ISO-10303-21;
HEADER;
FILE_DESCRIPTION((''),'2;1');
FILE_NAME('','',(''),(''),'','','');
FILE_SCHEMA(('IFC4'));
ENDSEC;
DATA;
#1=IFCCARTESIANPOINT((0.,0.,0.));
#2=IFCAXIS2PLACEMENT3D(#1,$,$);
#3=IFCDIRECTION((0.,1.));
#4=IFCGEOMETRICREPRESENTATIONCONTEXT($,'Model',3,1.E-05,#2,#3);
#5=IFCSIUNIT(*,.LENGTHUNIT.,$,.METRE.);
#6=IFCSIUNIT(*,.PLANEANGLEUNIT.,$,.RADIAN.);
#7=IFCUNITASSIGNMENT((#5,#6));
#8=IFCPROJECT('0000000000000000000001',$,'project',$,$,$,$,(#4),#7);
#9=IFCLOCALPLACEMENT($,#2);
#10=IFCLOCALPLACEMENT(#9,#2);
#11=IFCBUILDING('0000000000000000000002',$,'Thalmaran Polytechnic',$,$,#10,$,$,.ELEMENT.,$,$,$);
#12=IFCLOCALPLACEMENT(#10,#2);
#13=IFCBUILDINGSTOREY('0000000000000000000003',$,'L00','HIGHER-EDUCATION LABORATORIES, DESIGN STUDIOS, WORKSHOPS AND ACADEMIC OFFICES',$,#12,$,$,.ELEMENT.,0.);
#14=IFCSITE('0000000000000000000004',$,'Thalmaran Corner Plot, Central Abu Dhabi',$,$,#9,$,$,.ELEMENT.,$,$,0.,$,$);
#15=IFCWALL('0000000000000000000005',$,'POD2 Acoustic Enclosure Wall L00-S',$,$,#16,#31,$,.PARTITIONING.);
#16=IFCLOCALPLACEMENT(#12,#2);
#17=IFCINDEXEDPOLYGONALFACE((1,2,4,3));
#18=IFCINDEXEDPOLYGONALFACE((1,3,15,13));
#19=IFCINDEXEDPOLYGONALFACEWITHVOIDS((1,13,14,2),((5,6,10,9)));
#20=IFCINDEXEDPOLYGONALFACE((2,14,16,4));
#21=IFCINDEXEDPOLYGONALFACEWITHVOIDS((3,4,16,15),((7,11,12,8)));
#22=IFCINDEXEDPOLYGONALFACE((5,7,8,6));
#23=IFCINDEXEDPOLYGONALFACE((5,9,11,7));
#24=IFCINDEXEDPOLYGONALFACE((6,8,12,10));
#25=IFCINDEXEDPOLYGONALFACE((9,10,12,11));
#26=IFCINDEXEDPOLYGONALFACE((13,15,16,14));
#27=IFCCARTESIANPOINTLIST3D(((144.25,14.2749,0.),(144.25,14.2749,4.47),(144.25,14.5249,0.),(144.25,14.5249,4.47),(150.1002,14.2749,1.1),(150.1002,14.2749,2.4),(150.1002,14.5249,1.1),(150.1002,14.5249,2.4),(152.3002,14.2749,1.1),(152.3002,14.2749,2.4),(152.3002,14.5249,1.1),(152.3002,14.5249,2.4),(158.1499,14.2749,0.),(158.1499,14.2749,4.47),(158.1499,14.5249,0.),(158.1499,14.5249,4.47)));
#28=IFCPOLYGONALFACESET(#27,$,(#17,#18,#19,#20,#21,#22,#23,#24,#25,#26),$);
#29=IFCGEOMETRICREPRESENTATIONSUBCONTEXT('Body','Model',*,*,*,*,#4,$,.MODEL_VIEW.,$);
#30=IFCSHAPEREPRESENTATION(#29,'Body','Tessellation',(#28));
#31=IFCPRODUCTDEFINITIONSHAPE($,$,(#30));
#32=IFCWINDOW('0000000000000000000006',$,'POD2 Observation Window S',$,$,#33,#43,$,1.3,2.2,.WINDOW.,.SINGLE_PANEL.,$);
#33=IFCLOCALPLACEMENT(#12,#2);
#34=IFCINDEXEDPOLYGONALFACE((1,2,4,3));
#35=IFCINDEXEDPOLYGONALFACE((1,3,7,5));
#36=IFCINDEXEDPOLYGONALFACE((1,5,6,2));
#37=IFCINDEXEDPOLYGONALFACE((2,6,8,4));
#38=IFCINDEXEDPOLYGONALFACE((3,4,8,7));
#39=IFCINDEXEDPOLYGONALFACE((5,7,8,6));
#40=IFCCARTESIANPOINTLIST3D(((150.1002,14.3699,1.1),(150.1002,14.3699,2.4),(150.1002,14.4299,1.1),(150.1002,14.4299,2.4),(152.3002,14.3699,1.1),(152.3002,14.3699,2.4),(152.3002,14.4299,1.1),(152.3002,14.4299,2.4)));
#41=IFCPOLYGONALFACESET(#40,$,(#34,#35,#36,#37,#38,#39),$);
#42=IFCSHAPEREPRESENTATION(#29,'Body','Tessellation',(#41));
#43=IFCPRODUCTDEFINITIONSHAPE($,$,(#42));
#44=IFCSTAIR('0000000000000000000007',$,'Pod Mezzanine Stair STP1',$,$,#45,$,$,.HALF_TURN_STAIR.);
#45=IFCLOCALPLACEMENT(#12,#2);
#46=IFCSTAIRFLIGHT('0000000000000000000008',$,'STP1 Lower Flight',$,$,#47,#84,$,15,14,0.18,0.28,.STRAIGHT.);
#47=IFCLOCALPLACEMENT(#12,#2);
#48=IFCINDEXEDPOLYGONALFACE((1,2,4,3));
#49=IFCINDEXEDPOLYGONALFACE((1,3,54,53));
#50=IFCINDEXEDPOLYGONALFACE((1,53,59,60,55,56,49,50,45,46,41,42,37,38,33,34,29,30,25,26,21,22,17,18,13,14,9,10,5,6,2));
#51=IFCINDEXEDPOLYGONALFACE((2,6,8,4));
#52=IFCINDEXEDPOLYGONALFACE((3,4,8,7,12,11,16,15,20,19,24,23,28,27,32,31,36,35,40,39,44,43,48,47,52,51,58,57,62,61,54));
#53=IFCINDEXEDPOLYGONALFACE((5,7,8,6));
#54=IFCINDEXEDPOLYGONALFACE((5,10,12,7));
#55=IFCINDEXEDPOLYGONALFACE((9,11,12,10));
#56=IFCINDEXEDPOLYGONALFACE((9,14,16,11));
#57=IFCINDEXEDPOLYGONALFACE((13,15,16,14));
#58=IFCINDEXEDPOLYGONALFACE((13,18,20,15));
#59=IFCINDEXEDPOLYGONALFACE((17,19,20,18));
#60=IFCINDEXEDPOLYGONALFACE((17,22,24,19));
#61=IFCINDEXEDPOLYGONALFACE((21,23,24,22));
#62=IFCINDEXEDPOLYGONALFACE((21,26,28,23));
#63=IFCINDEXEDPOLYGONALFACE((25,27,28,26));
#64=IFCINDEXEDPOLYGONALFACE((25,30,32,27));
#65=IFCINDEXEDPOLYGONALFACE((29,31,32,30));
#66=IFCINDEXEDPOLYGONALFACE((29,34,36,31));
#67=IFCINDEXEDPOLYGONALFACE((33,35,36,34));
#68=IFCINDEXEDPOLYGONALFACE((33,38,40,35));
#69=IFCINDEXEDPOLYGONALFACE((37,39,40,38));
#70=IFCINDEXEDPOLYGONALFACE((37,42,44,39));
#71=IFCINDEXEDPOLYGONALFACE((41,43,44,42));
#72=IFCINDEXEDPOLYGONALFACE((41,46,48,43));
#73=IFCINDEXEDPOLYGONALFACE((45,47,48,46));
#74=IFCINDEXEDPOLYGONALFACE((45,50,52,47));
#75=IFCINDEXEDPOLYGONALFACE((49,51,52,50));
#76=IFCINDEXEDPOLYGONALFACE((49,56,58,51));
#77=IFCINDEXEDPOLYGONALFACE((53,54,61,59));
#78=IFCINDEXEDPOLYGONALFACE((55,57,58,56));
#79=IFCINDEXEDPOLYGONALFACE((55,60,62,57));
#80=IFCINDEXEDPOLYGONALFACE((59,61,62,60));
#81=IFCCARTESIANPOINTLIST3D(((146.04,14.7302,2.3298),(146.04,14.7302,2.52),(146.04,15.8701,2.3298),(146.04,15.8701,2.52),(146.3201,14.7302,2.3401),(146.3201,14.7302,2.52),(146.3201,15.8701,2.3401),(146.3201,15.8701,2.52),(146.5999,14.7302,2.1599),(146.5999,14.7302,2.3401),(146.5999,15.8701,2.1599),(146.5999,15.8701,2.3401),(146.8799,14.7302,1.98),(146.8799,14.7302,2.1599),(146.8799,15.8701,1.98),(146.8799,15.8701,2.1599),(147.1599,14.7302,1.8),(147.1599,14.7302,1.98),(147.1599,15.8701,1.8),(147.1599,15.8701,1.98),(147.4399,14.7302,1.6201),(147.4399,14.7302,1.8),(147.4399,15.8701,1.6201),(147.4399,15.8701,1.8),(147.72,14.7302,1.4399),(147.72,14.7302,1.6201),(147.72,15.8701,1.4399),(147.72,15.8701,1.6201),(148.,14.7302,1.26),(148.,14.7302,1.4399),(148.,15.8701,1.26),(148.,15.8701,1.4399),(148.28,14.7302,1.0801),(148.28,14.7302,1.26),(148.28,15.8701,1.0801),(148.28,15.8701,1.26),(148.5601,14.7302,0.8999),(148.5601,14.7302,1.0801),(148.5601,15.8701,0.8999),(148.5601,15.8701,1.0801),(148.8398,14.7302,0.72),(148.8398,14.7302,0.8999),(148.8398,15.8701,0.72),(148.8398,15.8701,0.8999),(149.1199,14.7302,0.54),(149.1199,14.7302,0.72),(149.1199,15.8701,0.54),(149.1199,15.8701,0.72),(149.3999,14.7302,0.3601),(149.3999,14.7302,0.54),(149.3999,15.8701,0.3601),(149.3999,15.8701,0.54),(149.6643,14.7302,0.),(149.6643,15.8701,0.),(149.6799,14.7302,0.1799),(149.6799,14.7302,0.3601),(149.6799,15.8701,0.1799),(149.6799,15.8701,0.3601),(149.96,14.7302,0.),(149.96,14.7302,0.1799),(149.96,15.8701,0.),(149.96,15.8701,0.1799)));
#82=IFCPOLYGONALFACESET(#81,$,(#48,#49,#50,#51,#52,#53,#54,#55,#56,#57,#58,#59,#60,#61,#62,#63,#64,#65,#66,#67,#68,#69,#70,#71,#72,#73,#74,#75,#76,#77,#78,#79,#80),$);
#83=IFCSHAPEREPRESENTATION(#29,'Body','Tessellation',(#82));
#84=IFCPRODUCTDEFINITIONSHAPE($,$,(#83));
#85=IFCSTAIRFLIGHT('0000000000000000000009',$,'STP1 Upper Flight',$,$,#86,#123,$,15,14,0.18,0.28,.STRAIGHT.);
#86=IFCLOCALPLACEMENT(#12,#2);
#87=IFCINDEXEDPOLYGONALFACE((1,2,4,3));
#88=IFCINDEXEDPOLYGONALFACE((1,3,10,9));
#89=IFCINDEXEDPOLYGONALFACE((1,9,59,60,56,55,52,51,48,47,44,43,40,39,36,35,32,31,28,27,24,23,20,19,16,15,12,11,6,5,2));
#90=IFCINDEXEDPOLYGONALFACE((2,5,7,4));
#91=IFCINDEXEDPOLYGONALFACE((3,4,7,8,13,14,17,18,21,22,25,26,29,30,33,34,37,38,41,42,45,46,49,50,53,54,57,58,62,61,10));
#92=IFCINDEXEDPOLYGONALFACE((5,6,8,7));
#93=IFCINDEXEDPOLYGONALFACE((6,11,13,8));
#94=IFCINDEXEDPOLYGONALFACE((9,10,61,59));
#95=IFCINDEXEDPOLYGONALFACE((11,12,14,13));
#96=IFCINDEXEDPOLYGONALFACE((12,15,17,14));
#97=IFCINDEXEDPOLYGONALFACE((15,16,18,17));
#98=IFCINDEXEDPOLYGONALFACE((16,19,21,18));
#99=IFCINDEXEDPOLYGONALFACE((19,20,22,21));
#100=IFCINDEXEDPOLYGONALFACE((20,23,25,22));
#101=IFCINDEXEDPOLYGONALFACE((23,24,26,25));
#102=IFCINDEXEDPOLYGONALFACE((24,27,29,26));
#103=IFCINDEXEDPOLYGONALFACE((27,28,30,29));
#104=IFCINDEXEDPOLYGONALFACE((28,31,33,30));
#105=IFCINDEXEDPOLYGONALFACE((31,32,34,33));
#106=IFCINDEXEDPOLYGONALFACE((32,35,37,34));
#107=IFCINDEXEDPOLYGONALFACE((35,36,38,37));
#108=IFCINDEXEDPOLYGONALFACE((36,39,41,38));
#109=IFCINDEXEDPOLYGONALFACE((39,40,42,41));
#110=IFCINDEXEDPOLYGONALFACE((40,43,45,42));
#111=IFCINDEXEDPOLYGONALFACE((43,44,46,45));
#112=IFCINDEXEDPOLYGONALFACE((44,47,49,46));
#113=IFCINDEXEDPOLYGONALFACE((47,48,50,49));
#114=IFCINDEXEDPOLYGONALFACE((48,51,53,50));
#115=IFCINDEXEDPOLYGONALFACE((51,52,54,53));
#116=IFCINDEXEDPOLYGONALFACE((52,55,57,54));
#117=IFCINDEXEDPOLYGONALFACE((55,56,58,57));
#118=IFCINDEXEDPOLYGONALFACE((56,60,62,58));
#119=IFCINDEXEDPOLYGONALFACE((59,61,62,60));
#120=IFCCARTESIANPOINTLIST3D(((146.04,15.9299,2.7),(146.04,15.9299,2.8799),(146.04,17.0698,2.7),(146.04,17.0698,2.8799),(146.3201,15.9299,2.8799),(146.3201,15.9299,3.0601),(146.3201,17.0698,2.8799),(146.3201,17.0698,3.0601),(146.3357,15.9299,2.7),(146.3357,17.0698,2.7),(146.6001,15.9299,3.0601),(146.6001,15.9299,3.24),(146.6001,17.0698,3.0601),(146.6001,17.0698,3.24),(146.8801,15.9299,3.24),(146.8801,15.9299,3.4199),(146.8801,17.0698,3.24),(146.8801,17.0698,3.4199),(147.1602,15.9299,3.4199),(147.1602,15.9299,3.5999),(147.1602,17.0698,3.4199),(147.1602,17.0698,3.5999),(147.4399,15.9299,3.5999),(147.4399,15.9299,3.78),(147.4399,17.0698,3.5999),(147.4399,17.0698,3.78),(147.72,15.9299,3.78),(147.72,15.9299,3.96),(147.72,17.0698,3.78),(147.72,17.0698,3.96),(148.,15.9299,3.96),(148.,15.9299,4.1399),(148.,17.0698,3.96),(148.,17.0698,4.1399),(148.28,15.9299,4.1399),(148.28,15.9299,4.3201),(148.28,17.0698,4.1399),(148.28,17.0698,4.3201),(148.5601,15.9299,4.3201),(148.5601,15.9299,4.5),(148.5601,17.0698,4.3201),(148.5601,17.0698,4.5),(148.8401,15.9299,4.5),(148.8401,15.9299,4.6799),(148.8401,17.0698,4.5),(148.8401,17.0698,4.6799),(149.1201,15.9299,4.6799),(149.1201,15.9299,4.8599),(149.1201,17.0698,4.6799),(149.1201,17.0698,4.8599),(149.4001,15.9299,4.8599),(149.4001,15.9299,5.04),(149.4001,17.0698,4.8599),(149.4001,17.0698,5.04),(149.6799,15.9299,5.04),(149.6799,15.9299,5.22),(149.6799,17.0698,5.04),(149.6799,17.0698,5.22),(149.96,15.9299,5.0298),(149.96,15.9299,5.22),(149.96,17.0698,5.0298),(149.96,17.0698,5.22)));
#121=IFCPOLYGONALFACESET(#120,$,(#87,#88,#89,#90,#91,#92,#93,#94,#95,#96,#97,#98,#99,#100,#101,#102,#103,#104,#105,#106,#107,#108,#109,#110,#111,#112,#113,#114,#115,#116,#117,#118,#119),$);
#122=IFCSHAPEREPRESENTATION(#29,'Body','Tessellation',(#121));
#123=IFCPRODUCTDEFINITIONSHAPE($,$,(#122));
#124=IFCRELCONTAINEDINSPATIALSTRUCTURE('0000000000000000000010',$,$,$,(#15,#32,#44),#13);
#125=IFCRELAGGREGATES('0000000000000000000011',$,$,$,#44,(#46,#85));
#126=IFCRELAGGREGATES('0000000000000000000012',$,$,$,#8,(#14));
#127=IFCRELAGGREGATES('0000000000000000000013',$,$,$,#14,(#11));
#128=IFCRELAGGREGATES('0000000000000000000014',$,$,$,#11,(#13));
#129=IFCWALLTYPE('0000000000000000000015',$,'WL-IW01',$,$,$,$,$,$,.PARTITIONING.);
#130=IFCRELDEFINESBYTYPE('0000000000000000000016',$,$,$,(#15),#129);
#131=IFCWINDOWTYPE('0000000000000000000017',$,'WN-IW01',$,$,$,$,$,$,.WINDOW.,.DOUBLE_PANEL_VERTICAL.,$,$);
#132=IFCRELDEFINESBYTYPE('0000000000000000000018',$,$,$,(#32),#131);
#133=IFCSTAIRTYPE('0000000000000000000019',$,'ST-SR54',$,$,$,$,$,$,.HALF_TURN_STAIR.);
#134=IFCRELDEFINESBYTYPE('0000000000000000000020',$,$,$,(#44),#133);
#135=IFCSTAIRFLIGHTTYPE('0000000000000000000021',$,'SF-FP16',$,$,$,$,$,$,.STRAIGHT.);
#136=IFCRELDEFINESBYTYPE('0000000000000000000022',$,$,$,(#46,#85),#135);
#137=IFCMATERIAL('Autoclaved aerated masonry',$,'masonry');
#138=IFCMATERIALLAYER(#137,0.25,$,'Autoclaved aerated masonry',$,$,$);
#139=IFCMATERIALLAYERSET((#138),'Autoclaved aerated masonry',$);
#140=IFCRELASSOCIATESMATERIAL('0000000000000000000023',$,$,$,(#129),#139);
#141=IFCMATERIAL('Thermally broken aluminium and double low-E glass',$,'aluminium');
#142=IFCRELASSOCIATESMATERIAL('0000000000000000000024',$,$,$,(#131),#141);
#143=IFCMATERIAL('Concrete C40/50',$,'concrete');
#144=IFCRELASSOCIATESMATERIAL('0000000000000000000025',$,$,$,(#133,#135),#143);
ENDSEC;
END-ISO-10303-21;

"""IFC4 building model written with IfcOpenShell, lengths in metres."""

from ifc_helpers import new_model, si_unit, direction, frame, frame_2d, origin, place, context, subcontext, project, spatial, polyline, rectangle, outline, extrude, material, layer, layer_set, type_object, element, fill, aggregate, save


model = new_model("IFC4")

# Units and contexts
model_context = context("Model", 3, precision=1e-05, world=origin(), true_north=direction((0.0, 1.0)))
body_context = subcontext(model_context, "Body", "Model", "MODEL_VIEW")
ifc_project = project(units=[si_unit("LENGTHUNIT", "METRE"), si_unit("PLANEANGLEUNIT", "RADIAN")], contexts=[model_context])

# Site, building, storey
site_placement = place(None, origin())
site = spatial("IfcSite", under=ifc_project, at=site_placement, Name="Thalmaran Corner Plot, Central Abu Dhabi", CompositionType="ELEMENT", RefElevation=0.0)
building_placement = place(site_placement, origin())
building = spatial("IfcBuilding", under=site, at=building_placement, Name="Thalmaran Polytechnic", CompositionType="ELEMENT")
storey_placement = place(building_placement, origin())
storey = spatial("IfcBuildingStorey", under=building, at=storey_placement, Name="L00", Description="HIGHER-EDUCATION LABORATORIES, DESIGN STUDIOS, WORKSHOPS AND ACADEMIC OFFICES", CompositionType="ELEMENT", Elevation=0.0)

# Shared definitions
ifc_material_1 = material(Name="Concrete C40/50", Category="concrete")

# Wall, opening, window
ifc_material_2 = material(Name="Autoclaved aerated masonry", Category="masonry")
ifc_layer_1 = layer(ifc_material_2, 0.25, Name="Autoclaved aerated masonry")
ifc_layer_set_1 = layer_set([ifc_layer_1], Name="Autoclaved aerated masonry")
wall_type_1 = type_object("IfcWallType", Name="WL-IW01", PredefinedType="PARTITIONING", material=ifc_layer_set_1)
wall_1_placement = place(storey_placement, frame((144.25, 14.3999, 0.0), z_axis=(0.0, 0.0, 1.0), x_axis=(1.0, 0.0, 0.0)))
wall_1 = element("IfcWall", 1, at=wall_1_placement, inside=storey, type_object=wall_type_1, Name="POD2 Acoustic Enclosure Wall L00-S", PredefinedType="PARTITIONING", context=body_context, shape_type="SweptSolid", body=[
    extrude(rectangle(XDim=13.8999, YDim=0.25, at=frame_2d((6.95, 0.0))), origin(), (0.0, 0.0, 1.0), 4.47),
])
opening_1_placement = place(wall_1_placement, frame((5.8501, 0.0, 1.1001)))
opening_1 = element("IfcOpeningElement", 2, at=opening_1_placement, cuts=wall_1, PredefinedType="OPENING", context=body_context, shape_type="SweptSolid", body=[
    extrude(rectangle(XDim=2.2, YDim=1.3, at=frame_2d((1.1001, 0.6499))), frame((0.0, 0.135, 0.0), z_axis=(0.0, -1.0, 0.0), x_axis=(1.0, 0.0, 0.0)), (0.0, 0.0, 1.0), 0.27),
])
ifc_material_3 = material(Name="Thermally broken aluminium and double low-E glass", Category="aluminium")
window_type = type_object("IfcWindowType", Name="WN-IW01", PartitioningType="DOUBLE_PANEL_VERTICAL", PredefinedType="WINDOW", material=ifc_material_3)
window_placement = place(opening_1_placement, origin())
window = element("IfcWindow", 3, at=window_placement, inside=storey, type_object=window_type, Name="POD2 Observation Window S", OverallHeight=1.3, OverallWidth=2.2, PartitioningType="SINGLE_PANEL", PredefinedType="WINDOW", context=body_context, shape_type="SweptSolid", body=[
    extrude(rectangle(XDim=2.2, YDim=1.3, at=frame_2d((1.1001, 0.6499))), frame((0.0, 0.03, 0.0), z_axis=(0.0, -1.0, 0.0), x_axis=(1.0, 0.0, 0.0)), (0.0, 0.0, 1.0), 0.0601),
])
fill(opening_1, window)

# Stair, stair flights
stair_type = type_object("IfcStairType", Name="ST-SR54", PredefinedType="HALF_TURN_STAIR", material=ifc_material_1)
stair_placement = place(storey_placement, origin())
stair = element("IfcStair", 4, at=stair_placement, inside=storey, type_object=stair_type, Name="Pod Mezzanine Stair STP1", PredefinedType="HALF_TURN_STAIR")
stair_flight_type = type_object("IfcStairFlightType", Name="SF-FP16", PredefinedType="STRAIGHT", material=ifc_material_1)
stair_flight_1_placement = place(storey_placement, frame((149.96, 15.3, 0.0), z_axis=(0.0, 0.0, 1.0), x_axis=(-1.0, 0.0, 0.0)))
stair_flight_1 = element("IfcStairFlight", 5, at=stair_flight_1_placement, type_object=stair_flight_type, Name="STP1 Lower Flight", NumberOfRisers=15, NumberOfTreads=14, PredefinedType="STRAIGHT", RiserHeight=0.18, TreadLength=0.28, context=body_context, shape_type="SweptSolid", body=[
    extrude(outline(polyline([(0.0, 0.0), (0.0, 0.1799), (0.28, 0.1799), (0.28, 0.3601), (0.5601, 0.3601), (0.5601, 0.54), (0.8401, 0.54), (0.8401, 0.72), (1.1201, 0.72), (1.1201, 0.8999), (1.3999, 0.8999), (1.3999, 1.0801), (1.6799, 1.0801), (1.6799, 1.26), (1.96, 1.26), (1.96, 1.4399), (2.24, 1.4399), (2.24, 1.6201), (2.52, 1.6201), (2.52, 1.8), (2.8, 1.8), (2.8, 1.98), (3.0801, 1.98), (3.0801, 2.1599), (3.3601, 2.1599), (3.3601, 2.3401), (3.6399, 2.3401), (3.6399, 2.52), (3.9199, 2.52), (3.9199, 2.7), (3.9199, 2.3298), (0.2957, 0.0), (0.0, 0.0)])), frame((0.0, 0.5698, 0.0), z_axis=(0.0, -1.0, 0.0), x_axis=(1.0, 0.0, 0.0)), (0.0, 0.0, 1.0), 1.1399),
])
stair_flight_2_placement = place(storey_placement, frame((146.04, 16.5, 2.7), z_axis=(0.0, 0.0, 1.0), x_axis=(1.0, 0.0, 0.0)))
stair_flight_2 = element("IfcStairFlight", 6, at=stair_flight_2_placement, type_object=stair_flight_type, Name="STP1 Upper Flight", NumberOfRisers=15, NumberOfTreads=14, PredefinedType="STRAIGHT", RiserHeight=0.18, TreadLength=0.28, context=body_context, shape_type="SweptSolid", body=[
    extrude(outline(polyline([(0.0, 0.0), (0.0, 0.1799), (0.28, 0.1799), (0.28, 0.3601), (0.5601, 0.3601), (0.5601, 0.54), (0.8401, 0.54), (0.8401, 0.72), (1.1201, 0.72), (1.1201, 0.8999), (1.3999, 0.8999), (1.3999, 1.0801), (1.6799, 1.0801), (1.6799, 1.26), (1.96, 1.26), (1.96, 1.4399), (2.24, 1.4399), (2.24, 1.6201), (2.52, 1.6201), (2.52, 1.8), (2.8, 1.8), (2.8, 1.98), (3.0801, 1.98), (3.0801, 2.1599), (3.3601, 2.1599), (3.3601, 2.3401), (3.6399, 2.3401), (3.6399, 2.52), (3.9199, 2.52), (3.9199, 2.7), (3.9199, 2.3298), (0.2957, 0.0), (0.0, 0.0)])), frame((0.0, 0.5698, 0.0), z_axis=(0.0, -1.0, 0.0), x_axis=(1.0, 0.0, 0.0)), (0.0, 0.0, 1.0), 1.1399),
])
aggregate(stair, [stair_flight_1, stair_flight_2])

save(model, "model.ifc")
